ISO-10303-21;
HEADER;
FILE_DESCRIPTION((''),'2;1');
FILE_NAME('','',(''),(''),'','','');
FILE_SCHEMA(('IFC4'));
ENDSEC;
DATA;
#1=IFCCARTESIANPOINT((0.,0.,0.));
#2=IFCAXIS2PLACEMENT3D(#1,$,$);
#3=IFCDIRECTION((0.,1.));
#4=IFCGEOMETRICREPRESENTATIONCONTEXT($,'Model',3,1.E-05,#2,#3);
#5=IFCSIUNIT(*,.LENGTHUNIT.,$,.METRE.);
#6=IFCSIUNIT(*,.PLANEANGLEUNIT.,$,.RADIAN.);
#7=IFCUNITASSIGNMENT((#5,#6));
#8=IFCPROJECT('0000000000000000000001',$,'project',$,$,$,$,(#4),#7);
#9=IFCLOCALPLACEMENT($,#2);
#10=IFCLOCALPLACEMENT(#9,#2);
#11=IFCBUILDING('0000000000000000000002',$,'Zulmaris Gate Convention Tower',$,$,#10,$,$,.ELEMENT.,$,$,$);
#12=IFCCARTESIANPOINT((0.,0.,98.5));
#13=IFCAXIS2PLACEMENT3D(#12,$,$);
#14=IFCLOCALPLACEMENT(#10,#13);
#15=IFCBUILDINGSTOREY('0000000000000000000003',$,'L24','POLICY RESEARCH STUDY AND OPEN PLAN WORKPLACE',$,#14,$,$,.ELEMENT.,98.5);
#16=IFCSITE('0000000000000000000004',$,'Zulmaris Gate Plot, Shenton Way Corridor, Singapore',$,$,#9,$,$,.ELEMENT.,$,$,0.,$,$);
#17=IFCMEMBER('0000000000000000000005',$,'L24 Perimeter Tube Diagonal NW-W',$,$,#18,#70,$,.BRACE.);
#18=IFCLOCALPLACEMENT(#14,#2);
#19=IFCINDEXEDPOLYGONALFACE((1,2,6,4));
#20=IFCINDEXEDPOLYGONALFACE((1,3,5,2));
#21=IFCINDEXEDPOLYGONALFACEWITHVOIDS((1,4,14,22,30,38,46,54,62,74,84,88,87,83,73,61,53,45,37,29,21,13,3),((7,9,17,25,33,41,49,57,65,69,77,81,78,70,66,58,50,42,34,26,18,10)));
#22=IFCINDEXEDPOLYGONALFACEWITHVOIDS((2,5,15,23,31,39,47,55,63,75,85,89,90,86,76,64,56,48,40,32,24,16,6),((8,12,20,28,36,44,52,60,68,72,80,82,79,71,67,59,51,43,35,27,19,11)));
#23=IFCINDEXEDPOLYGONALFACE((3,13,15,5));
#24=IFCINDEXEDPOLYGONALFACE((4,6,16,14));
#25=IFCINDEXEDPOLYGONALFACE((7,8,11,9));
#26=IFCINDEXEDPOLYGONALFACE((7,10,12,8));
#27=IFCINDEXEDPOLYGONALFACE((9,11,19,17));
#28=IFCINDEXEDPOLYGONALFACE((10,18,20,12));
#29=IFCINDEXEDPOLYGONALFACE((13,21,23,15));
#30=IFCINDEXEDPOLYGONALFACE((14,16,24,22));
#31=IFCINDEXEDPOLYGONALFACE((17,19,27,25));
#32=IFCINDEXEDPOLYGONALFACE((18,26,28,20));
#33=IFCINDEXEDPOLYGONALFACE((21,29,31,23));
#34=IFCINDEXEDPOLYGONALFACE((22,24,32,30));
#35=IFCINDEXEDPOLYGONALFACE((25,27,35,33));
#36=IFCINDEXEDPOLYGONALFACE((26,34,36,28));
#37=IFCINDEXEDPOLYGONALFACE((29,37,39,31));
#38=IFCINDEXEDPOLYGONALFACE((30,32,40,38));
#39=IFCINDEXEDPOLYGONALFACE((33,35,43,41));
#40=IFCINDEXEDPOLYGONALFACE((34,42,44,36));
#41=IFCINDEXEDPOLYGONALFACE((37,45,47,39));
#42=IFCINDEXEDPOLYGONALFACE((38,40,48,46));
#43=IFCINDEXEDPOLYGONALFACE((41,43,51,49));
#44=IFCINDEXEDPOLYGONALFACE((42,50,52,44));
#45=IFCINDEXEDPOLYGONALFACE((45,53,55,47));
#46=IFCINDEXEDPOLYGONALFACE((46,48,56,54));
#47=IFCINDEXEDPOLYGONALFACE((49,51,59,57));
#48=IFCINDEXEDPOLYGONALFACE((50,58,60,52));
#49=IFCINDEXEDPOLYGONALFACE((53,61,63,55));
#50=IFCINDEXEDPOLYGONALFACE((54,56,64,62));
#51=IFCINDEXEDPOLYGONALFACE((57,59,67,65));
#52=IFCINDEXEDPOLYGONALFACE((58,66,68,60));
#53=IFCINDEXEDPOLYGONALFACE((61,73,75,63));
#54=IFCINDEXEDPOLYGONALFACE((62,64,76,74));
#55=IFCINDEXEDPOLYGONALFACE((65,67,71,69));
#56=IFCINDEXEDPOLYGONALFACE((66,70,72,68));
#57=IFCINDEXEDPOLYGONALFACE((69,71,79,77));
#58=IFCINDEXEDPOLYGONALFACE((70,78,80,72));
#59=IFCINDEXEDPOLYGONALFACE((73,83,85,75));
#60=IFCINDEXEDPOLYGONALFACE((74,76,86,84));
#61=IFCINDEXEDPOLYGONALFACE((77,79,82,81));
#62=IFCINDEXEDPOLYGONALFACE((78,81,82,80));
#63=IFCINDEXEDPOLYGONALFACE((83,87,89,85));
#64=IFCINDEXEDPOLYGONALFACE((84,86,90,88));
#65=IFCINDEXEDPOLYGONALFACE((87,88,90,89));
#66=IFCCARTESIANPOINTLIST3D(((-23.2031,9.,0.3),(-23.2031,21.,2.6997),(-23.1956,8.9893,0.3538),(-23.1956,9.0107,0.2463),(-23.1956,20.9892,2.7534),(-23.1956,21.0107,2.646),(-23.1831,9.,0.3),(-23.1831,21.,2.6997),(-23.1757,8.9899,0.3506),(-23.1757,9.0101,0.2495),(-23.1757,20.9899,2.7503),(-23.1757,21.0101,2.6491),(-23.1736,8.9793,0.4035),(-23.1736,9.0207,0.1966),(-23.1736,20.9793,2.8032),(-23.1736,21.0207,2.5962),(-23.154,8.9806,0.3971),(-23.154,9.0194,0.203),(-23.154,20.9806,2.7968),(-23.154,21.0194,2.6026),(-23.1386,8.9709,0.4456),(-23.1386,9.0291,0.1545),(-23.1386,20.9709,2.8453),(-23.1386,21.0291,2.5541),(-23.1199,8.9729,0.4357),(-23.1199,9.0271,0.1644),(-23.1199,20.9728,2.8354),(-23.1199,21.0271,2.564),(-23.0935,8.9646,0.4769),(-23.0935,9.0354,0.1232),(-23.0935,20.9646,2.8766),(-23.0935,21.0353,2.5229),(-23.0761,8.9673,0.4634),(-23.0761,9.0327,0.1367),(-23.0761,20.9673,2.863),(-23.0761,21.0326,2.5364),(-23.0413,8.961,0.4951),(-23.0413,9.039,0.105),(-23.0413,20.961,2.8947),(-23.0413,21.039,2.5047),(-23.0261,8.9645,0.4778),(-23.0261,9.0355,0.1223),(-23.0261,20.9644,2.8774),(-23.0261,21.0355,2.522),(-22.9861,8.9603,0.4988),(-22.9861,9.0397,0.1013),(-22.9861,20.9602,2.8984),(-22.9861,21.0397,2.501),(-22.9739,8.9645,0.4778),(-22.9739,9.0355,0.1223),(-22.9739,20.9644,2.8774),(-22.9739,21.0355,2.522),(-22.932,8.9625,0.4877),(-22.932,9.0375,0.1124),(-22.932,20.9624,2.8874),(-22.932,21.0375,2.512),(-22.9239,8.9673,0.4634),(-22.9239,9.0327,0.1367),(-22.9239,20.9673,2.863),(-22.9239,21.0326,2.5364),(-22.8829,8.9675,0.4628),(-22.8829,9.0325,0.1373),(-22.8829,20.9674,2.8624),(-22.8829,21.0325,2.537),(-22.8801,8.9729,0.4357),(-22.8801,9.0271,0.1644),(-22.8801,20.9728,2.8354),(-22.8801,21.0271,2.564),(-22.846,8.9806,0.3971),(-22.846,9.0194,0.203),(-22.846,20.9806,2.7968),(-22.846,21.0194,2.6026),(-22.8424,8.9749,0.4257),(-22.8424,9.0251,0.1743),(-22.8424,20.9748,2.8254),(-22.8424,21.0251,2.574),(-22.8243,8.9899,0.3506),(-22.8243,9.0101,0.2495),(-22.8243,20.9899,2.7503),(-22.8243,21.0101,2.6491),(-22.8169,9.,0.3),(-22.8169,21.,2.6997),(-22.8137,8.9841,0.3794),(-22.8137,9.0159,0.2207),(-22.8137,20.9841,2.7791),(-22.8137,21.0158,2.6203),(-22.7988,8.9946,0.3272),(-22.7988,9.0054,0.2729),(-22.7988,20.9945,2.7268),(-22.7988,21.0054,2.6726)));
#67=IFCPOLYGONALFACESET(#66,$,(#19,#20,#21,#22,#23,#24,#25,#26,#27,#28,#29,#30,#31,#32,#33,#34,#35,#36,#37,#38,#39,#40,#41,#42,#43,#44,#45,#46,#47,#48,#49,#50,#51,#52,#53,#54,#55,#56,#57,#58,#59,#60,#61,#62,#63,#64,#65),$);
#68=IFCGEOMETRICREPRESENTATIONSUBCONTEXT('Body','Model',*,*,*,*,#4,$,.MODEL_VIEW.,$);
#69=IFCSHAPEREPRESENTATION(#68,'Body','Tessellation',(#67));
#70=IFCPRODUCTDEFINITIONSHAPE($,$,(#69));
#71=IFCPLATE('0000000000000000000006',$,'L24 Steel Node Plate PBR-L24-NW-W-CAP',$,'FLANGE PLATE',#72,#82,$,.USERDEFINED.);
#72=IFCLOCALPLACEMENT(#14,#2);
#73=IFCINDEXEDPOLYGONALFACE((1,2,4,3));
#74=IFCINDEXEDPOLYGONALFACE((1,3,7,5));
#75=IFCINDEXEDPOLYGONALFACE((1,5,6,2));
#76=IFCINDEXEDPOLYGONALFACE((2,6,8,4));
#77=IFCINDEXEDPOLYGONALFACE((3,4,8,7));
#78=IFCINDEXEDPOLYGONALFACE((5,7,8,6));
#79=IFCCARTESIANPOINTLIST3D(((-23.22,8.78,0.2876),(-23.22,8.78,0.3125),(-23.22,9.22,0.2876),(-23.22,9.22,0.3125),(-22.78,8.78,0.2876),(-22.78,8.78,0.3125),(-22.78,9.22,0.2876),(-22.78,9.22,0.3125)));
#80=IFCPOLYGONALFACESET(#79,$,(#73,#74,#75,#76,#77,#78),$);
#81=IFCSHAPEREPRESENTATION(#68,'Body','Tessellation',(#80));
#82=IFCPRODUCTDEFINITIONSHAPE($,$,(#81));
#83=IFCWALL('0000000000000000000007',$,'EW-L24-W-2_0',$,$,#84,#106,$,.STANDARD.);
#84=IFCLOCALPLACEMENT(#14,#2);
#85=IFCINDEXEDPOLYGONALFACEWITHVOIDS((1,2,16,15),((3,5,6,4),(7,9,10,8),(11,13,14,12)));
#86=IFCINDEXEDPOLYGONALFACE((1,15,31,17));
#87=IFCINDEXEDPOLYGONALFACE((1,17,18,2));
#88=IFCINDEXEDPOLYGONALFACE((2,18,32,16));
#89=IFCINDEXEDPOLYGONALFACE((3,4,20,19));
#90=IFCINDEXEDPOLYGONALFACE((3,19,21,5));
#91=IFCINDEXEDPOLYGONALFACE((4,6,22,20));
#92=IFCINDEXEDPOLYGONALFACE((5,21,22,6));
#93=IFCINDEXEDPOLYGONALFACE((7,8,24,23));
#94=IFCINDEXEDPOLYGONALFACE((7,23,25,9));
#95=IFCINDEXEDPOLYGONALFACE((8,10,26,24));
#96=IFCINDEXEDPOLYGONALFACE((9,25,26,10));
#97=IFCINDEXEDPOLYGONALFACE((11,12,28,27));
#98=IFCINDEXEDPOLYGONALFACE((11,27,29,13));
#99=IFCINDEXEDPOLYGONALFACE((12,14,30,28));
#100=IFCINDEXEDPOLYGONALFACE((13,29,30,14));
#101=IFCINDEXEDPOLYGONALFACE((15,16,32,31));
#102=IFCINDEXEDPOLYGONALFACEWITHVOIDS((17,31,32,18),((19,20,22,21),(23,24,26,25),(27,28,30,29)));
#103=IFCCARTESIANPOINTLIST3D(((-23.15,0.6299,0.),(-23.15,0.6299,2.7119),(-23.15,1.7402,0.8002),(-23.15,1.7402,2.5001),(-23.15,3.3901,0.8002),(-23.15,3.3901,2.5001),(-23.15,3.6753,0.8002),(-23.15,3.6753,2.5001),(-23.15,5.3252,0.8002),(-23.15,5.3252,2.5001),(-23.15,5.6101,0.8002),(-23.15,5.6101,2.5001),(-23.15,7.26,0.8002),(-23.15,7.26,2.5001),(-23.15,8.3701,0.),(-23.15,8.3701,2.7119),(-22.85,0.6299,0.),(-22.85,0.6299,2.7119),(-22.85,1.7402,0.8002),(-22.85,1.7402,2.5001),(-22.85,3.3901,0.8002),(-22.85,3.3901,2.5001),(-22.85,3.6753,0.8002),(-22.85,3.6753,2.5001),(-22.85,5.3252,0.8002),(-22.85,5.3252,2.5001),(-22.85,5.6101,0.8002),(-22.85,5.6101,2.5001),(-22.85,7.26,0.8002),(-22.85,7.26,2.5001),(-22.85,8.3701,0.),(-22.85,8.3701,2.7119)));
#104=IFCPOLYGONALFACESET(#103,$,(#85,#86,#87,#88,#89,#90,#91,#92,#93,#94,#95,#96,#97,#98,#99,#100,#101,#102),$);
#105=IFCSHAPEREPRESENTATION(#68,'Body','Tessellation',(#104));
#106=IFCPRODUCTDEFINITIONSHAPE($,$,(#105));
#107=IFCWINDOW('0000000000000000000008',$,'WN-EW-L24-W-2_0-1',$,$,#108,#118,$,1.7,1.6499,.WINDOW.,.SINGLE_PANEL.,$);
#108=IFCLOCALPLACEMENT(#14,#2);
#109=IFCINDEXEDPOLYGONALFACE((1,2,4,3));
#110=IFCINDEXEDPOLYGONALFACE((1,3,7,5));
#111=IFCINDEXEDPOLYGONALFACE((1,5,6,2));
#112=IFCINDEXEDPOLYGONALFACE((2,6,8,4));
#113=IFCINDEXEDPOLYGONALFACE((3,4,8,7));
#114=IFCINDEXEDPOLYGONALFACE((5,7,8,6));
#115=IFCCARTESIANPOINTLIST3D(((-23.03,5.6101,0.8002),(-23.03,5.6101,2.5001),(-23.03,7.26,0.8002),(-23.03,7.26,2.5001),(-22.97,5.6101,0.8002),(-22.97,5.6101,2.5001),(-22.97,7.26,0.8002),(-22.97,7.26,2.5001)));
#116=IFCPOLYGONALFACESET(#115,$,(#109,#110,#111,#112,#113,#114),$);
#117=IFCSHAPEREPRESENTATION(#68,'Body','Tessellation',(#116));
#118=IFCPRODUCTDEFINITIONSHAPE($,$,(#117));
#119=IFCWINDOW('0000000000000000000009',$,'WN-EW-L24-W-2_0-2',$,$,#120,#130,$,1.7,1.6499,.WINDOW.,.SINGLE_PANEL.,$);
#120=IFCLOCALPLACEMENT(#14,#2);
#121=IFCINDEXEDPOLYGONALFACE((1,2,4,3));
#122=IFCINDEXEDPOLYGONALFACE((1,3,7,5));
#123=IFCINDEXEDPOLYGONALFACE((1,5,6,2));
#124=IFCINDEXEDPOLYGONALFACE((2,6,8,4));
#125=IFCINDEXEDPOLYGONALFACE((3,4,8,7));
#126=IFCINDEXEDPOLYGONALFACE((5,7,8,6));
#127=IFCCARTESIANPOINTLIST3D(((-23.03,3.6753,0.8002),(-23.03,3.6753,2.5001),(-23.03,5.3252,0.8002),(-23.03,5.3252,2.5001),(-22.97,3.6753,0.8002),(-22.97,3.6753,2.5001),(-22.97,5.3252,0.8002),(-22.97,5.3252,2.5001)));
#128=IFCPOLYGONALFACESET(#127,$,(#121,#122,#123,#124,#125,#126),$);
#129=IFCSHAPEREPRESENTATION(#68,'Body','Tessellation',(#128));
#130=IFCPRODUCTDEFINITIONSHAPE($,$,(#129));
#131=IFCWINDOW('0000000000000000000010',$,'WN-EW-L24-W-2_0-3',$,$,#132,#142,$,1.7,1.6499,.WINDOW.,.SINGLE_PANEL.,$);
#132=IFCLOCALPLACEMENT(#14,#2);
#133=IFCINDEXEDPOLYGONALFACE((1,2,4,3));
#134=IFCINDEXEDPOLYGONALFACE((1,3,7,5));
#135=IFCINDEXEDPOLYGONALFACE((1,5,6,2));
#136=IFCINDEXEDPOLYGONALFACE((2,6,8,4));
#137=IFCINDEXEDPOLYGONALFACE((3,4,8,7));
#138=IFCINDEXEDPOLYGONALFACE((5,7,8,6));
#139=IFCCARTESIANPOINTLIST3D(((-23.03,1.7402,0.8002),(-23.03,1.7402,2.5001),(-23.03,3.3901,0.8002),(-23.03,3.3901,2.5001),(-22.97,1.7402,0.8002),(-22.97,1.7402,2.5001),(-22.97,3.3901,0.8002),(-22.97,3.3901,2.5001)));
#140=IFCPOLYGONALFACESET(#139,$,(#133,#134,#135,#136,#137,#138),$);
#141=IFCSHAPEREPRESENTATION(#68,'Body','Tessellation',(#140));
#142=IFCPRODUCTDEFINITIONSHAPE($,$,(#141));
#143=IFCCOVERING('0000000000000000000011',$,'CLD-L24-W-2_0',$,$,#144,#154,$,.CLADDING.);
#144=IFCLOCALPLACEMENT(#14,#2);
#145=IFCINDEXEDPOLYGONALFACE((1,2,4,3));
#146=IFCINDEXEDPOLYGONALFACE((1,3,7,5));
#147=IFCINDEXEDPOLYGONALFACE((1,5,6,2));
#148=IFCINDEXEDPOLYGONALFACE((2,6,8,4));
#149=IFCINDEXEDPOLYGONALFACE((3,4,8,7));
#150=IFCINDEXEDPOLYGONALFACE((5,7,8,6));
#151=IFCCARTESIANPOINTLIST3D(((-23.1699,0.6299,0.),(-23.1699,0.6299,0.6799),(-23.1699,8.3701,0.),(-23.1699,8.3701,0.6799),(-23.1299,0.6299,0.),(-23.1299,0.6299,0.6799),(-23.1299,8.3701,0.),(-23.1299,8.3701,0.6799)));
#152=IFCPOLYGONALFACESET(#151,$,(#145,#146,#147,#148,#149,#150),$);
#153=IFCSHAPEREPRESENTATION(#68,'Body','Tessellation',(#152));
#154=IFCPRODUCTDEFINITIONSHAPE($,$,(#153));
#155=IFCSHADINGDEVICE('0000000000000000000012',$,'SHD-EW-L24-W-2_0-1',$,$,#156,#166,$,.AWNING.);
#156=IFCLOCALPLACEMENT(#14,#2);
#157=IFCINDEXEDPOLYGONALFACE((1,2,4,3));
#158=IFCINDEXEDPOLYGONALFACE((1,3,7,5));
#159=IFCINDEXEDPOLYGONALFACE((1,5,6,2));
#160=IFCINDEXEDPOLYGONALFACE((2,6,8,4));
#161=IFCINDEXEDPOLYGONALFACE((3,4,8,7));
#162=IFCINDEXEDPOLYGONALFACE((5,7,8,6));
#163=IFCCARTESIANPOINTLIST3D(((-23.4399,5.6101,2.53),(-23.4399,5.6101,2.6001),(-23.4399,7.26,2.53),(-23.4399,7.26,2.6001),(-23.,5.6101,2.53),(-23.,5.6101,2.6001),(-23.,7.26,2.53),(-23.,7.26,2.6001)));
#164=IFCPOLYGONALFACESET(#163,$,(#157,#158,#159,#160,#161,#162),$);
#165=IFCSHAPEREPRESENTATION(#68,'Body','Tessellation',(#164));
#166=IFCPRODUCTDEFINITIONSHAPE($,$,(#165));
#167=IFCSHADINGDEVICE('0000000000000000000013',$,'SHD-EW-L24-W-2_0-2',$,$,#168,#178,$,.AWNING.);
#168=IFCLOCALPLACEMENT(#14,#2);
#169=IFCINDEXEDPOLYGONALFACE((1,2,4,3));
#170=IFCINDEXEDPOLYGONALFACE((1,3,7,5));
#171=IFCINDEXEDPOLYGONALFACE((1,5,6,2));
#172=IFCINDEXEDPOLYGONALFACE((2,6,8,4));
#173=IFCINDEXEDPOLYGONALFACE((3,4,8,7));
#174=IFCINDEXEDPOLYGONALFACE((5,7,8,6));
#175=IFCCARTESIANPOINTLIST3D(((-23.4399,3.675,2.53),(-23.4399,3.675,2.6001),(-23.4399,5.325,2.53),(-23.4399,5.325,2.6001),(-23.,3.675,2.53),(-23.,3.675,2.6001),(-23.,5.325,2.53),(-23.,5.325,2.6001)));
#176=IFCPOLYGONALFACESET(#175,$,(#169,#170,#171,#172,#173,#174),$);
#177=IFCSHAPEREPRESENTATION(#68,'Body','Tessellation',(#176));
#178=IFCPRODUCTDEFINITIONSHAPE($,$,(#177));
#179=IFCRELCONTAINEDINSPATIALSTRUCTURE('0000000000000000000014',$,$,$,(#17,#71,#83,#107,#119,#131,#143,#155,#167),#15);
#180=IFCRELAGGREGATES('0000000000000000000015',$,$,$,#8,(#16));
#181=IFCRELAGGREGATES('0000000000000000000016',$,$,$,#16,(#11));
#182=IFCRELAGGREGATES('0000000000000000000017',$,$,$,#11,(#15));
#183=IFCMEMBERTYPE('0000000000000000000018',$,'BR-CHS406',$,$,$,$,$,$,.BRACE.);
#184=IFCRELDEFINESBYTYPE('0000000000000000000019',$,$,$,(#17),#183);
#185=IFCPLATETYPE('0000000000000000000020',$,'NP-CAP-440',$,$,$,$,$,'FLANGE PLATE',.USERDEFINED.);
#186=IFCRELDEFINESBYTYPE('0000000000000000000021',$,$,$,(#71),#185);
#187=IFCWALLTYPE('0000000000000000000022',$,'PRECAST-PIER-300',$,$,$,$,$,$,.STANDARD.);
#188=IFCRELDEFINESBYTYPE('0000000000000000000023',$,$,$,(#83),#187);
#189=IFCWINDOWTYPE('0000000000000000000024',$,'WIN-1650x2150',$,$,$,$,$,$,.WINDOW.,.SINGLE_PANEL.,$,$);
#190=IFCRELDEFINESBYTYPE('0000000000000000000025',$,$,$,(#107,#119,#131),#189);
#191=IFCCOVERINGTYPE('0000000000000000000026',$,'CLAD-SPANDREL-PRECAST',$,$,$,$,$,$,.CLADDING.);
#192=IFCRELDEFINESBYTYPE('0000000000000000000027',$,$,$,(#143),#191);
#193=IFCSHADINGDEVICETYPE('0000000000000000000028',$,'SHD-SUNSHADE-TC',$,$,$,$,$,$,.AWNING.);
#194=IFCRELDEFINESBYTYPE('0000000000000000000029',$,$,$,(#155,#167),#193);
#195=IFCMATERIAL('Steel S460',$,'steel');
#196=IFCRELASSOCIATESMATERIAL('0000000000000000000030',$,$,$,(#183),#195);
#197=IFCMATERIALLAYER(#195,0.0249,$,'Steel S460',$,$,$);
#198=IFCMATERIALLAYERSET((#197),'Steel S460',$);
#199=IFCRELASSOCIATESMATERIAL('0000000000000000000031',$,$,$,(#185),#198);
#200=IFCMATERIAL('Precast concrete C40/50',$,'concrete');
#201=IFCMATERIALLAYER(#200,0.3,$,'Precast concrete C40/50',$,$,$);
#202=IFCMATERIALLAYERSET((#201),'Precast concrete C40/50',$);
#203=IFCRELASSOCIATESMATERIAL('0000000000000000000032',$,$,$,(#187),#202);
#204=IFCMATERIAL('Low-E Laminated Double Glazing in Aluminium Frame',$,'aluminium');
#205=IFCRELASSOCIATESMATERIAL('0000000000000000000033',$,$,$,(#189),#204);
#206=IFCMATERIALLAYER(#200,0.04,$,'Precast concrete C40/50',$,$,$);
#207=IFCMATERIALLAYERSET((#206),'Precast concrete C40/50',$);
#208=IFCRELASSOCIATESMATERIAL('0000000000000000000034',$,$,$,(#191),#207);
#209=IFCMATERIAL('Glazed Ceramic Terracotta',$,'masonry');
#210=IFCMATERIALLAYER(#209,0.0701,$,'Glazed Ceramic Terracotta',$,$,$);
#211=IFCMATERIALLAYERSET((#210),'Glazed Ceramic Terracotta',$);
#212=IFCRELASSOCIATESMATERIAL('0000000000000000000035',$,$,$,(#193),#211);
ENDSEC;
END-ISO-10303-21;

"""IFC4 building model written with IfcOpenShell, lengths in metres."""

from ifc_helpers import new_model, si_unit, direction, frame, frame_2d, origin, origin_2d, place, context, subcontext, project, spatial, rectangle, hollow_circle, extrude, material, layer, layer_set, material_profile, profile_set, type_object, element, fill, save


model = new_model("IFC4")

# Units and contexts
model_context = context("Model", 3, precision=1e-05, world=origin(), true_north=direction((0.0, 1.0)))
body_context = subcontext(model_context, "Body", "Model", "MODEL_VIEW")
ifc_project = project(units=[si_unit("LENGTHUNIT", "METRE"), si_unit("PLANEANGLEUNIT", "RADIAN")], contexts=[model_context])

# Site, building, storey
site_placement = place(None, origin())
site = spatial("IfcSite", under=ifc_project, at=site_placement, Name="Zulmaris Gate Plot, Shenton Way Corridor, Singapore", CompositionType="ELEMENT", RefElevation=0.0)
building_placement = place(site_placement, origin())
building = spatial("IfcBuilding", under=site, at=building_placement, Name="Zulmaris Gate Convention Tower", CompositionType="ELEMENT")
storey_placement = place(building_placement, frame((0.0, 0.0, 98.5)))
storey = spatial("IfcBuildingStorey", under=building, at=storey_placement, Name="L24", Description="POLICY RESEARCH STUDY AND OPEN PLAN WORKPLACE", CompositionType="ELEMENT", Elevation=98.5)

# Member
ifc_material_1 = material(Name="Steel S460", Category="steel")
ifc_material_profile_1 = material_profile(ifc_material_1, hollow_circle(Radius=0.2031, WallThickness=0.02, at=origin_2d()), Name="CHS 406.4x20")
ifc_profile_set_1 = profile_set([ifc_material_profile_1], Name="Steel S460")
member_type = type_object("IfcMemberType", Name="BR-CHS406", PredefinedType="BRACE", material=ifc_profile_set_1)
member_placement = place(storey_placement, frame((-23.0, 9.0, 0.3), z_axis=(0.0, 0.980586, 0.196089), x_axis=(-1.0, 0.0, 0.0)))
element("IfcMember", 1, at=member_placement, inside=storey, type_object=member_type, Name="L24 Perimeter Tube Diagonal NW-W", PredefinedType="BRACE", context=body_context, shape_type="SweptSolid", body=[
    extrude(hollow_circle(Radius=0.2031, WallThickness=0.02, at=origin_2d()), origin(), (0.0, 0.0, 1.0), 12.2375),
])

# Plate
ifc_layer_1 = layer(ifc_material_1, 0.0249, Name="Steel S460")
ifc_layer_set_1 = layer_set([ifc_layer_1], Name="Steel S460")
plate_type = type_object("IfcPlateType", Name="NP-CAP-440", ElementType="FLANGE PLATE", PredefinedType="USERDEFINED", material=ifc_layer_set_1)
plate_placement = place(storey_placement, frame((-23.0, 9.0, 0.2876), z_axis=(0.0, 0.0, 1.0), x_axis=(1.0, 0.0, 0.0)))
element("IfcPlate", 2, at=plate_placement, inside=storey, type_object=plate_type, Name="L24 Steel Node Plate PBR-L24-NW-W-CAP", ObjectType="FLANGE PLATE", PredefinedType="USERDEFINED", context=body_context, shape_type="SweptSolid", body=[
    extrude(rectangle(XDim=0.4399, YDim=0.4399, at=origin_2d()), origin(), (0.0, 0.0, 1.0), 0.0249),
])

# Wall, openings, windows
ifc_material_2 = material(Name="Precast concrete C40/50", Category="concrete")
ifc_layer_2 = layer(ifc_material_2, 0.3, Name="Precast concrete C40/50")
ifc_layer_set_2 = layer_set([ifc_layer_2], Name="Precast concrete C40/50")
wall_type = type_object("IfcWallType", Name="PRECAST-PIER-300", PredefinedType="STANDARD", material=ifc_layer_set_2)
wall_placement = place(storey_placement, frame((-23.0, 8.3701, 0.0), z_axis=(0.0, 0.0, 1.0), x_axis=(0.0, -1.0, 0.0)))
wall = element("IfcWall", 3, at=wall_placement, inside=storey, type_object=wall_type, Name="EW-L24-W-2_0", PredefinedType="STANDARD", context=body_context, shape_type="SweptSolid", body=[
    extrude(rectangle(XDim=7.7402, YDim=0.3, at=frame_2d((3.8701, 0.0))), origin(), (0.0, 0.0, 1.0), 2.7119),
])
opening_1_placement = place(wall_placement, frame((1.1101, 0.0, 0.8)))
opening_1 = element("IfcOpeningElement", 4, at=opening_1_placement, cuts=wall, PredefinedType="OPENING", context=body_context, shape_type="SweptSolid", body=[
    extrude(rectangle(XDim=1.6499, YDim=1.7, at=frame_2d((0.825, 0.8501))), frame((0.0, 0.1602, 0.0), z_axis=(0.0, -1.0, 0.0), x_axis=(1.0, 0.0, 0.0)), (0.0, 0.0, 1.0), 0.3201),
])
opening_2_placement = place(wall_placement, frame((3.0449, 0.0, 0.8)))
opening_2 = element("IfcOpeningElement", 5, at=opening_2_placement, cuts=wall, PredefinedType="OPENING", context=body_context, shape_type="SweptSolid", body=[
    extrude(rectangle(XDim=1.6499, YDim=1.7, at=frame_2d((0.825, 0.8501))), frame((0.0, 0.1602, 0.0), z_axis=(0.0, -1.0, 0.0), x_axis=(1.0, 0.0, 0.0)), (0.0, 0.0, 1.0), 0.3201),
])
opening_3_placement = place(wall_placement, frame((4.98, 0.0, 0.8)))
opening_3 = element("IfcOpeningElement", 6, at=opening_3_placement, cuts=wall, PredefinedType="OPENING", context=body_context, shape_type="SweptSolid", body=[
    extrude(rectangle(XDim=1.6499, YDim=1.7, at=frame_2d((0.825, 0.8501))), frame((0.0, 0.1602, 0.0), z_axis=(0.0, -1.0, 0.0), x_axis=(1.0, 0.0, 0.0)), (0.0, 0.0, 1.0), 0.3201),
])
ifc_material_3 = material(Name="Low-E Laminated Double Glazing in Aluminium Frame", Category="aluminium")
window_type = type_object("IfcWindowType", Name="WIN-1650x2150", PartitioningType="SINGLE_PANEL", PredefinedType="WINDOW", material=ifc_material_3)
window_1_placement = place(opening_1_placement, origin())
window_1 = element("IfcWindow", 7, at=window_1_placement, inside=storey, type_object=window_type, Name="WN-EW-L24-W-2_0-1", OverallHeight=1.7, OverallWidth=1.6499, PartitioningType="SINGLE_PANEL", PredefinedType="WINDOW", context=body_context, shape_type="SweptSolid", body=[
    extrude(rectangle(XDim=1.6499, YDim=1.7, at=frame_2d((0.825, 0.8501))), frame((0.0, 0.03, 0.0), z_axis=(0.0, -1.0, 0.0), x_axis=(1.0, 0.0, 0.0)), (0.0, 0.0, 1.0), 0.0601),
])
fill(opening_1, window_1)
window_2_placement = place(opening_2_placement, origin())
window_2 = element("IfcWindow", 8, at=window_2_placement, inside=storey, type_object=window_type, Name="WN-EW-L24-W-2_0-2", OverallHeight=1.7, OverallWidth=1.6499, PartitioningType="SINGLE_PANEL", PredefinedType="WINDOW", context=body_context, shape_type="SweptSolid", body=[
    extrude(rectangle(XDim=1.6499, YDim=1.7, at=frame_2d((0.825, 0.8501))), frame((0.0, 0.03, 0.0), z_axis=(0.0, -1.0, 0.0), x_axis=(1.0, 0.0, 0.0)), (0.0, 0.0, 1.0), 0.0601),
])
fill(opening_2, window_2)
window_3_placement = place(opening_3_placement, origin())
window_3 = element("IfcWindow", 9, at=window_3_placement, inside=storey, type_object=window_type, Name="WN-EW-L24-W-2_0-3", OverallHeight=1.7, OverallWidth=1.6499, PartitioningType="SINGLE_PANEL", PredefinedType="WINDOW", context=body_context, shape_type="SweptSolid", body=[
    extrude(rectangle(XDim=1.6499, YDim=1.7, at=frame_2d((0.825, 0.8501))), frame((0.0, 0.03, 0.0), z_axis=(0.0, -1.0, 0.0), x_axis=(1.0, 0.0, 0.0)), (0.0, 0.0, 1.0), 0.0601),
])
fill(opening_3, window_3)

# Covering
ifc_layer_3 = layer(ifc_material_2, 0.04, Name="Precast concrete C40/50")
ifc_layer_set_3 = layer_set([ifc_layer_3], Name="Precast concrete C40/50")
covering_type = type_object("IfcCoveringType", Name="CLAD-SPANDREL-PRECAST", PredefinedType="CLADDING", material=ifc_layer_set_3)
covering_placement = place(storey_placement, frame((-23.1499, 8.3701, 0.0), z_axis=(0.0, 0.0, 1.0), x_axis=(0.0, -1.0, 0.0)))
element("IfcCovering", 10, at=covering_placement, inside=storey, type_object=covering_type, Name="CLD-L24-W-2_0", PredefinedType="CLADDING", context=body_context, shape_type="SweptSolid", body=[
    extrude(rectangle(XDim=7.7402, YDim=0.04, at=frame_2d((3.8701, 0.0))), origin(), (0.0, 0.0, 1.0), 0.6799),
])

# Shading devices
ifc_material_4 = material(Name="Glazed Ceramic Terracotta", Category="masonry")
ifc_layer_4 = layer(ifc_material_4, 0.0701, Name="Glazed Ceramic Terracotta")
ifc_layer_set_4 = layer_set([ifc_layer_4], Name="Glazed Ceramic Terracotta")
shading_device_type = type_object("IfcShadingDeviceType", Name="SHD-SUNSHADE-TC", PredefinedType="AWNING", material=ifc_layer_set_4)
for number, where, z_axis, x_axis, name in (
    (11, (-23.22, 7.26, 2.53), (0.0, 0.0, 1.0), (0.0, -1.0, 0.0), "SHD-EW-L24-W-2_0-1"),
    (12, (-23.22, 5.325, 2.53), (0.0, 0.0, 1.0), (0.0, -1.0, 0.0), "SHD-EW-L24-W-2_0-2"),
):
    element("IfcShadingDevice", number, at=place(storey_placement, frame(where, z_axis=z_axis, x_axis=x_axis)), inside=storey, type_object=shading_device_type, Name=name, PredefinedType="AWNING", context=body_context, shape_type="SweptSolid", body=[
        extrude(rectangle(XDim=1.6499, YDim=0.4399, at=frame_2d((0.825, 0.0))), origin(), (0.0, 0.0, 1.0), 0.0701),
    ])

save(model, "model.ifc")
